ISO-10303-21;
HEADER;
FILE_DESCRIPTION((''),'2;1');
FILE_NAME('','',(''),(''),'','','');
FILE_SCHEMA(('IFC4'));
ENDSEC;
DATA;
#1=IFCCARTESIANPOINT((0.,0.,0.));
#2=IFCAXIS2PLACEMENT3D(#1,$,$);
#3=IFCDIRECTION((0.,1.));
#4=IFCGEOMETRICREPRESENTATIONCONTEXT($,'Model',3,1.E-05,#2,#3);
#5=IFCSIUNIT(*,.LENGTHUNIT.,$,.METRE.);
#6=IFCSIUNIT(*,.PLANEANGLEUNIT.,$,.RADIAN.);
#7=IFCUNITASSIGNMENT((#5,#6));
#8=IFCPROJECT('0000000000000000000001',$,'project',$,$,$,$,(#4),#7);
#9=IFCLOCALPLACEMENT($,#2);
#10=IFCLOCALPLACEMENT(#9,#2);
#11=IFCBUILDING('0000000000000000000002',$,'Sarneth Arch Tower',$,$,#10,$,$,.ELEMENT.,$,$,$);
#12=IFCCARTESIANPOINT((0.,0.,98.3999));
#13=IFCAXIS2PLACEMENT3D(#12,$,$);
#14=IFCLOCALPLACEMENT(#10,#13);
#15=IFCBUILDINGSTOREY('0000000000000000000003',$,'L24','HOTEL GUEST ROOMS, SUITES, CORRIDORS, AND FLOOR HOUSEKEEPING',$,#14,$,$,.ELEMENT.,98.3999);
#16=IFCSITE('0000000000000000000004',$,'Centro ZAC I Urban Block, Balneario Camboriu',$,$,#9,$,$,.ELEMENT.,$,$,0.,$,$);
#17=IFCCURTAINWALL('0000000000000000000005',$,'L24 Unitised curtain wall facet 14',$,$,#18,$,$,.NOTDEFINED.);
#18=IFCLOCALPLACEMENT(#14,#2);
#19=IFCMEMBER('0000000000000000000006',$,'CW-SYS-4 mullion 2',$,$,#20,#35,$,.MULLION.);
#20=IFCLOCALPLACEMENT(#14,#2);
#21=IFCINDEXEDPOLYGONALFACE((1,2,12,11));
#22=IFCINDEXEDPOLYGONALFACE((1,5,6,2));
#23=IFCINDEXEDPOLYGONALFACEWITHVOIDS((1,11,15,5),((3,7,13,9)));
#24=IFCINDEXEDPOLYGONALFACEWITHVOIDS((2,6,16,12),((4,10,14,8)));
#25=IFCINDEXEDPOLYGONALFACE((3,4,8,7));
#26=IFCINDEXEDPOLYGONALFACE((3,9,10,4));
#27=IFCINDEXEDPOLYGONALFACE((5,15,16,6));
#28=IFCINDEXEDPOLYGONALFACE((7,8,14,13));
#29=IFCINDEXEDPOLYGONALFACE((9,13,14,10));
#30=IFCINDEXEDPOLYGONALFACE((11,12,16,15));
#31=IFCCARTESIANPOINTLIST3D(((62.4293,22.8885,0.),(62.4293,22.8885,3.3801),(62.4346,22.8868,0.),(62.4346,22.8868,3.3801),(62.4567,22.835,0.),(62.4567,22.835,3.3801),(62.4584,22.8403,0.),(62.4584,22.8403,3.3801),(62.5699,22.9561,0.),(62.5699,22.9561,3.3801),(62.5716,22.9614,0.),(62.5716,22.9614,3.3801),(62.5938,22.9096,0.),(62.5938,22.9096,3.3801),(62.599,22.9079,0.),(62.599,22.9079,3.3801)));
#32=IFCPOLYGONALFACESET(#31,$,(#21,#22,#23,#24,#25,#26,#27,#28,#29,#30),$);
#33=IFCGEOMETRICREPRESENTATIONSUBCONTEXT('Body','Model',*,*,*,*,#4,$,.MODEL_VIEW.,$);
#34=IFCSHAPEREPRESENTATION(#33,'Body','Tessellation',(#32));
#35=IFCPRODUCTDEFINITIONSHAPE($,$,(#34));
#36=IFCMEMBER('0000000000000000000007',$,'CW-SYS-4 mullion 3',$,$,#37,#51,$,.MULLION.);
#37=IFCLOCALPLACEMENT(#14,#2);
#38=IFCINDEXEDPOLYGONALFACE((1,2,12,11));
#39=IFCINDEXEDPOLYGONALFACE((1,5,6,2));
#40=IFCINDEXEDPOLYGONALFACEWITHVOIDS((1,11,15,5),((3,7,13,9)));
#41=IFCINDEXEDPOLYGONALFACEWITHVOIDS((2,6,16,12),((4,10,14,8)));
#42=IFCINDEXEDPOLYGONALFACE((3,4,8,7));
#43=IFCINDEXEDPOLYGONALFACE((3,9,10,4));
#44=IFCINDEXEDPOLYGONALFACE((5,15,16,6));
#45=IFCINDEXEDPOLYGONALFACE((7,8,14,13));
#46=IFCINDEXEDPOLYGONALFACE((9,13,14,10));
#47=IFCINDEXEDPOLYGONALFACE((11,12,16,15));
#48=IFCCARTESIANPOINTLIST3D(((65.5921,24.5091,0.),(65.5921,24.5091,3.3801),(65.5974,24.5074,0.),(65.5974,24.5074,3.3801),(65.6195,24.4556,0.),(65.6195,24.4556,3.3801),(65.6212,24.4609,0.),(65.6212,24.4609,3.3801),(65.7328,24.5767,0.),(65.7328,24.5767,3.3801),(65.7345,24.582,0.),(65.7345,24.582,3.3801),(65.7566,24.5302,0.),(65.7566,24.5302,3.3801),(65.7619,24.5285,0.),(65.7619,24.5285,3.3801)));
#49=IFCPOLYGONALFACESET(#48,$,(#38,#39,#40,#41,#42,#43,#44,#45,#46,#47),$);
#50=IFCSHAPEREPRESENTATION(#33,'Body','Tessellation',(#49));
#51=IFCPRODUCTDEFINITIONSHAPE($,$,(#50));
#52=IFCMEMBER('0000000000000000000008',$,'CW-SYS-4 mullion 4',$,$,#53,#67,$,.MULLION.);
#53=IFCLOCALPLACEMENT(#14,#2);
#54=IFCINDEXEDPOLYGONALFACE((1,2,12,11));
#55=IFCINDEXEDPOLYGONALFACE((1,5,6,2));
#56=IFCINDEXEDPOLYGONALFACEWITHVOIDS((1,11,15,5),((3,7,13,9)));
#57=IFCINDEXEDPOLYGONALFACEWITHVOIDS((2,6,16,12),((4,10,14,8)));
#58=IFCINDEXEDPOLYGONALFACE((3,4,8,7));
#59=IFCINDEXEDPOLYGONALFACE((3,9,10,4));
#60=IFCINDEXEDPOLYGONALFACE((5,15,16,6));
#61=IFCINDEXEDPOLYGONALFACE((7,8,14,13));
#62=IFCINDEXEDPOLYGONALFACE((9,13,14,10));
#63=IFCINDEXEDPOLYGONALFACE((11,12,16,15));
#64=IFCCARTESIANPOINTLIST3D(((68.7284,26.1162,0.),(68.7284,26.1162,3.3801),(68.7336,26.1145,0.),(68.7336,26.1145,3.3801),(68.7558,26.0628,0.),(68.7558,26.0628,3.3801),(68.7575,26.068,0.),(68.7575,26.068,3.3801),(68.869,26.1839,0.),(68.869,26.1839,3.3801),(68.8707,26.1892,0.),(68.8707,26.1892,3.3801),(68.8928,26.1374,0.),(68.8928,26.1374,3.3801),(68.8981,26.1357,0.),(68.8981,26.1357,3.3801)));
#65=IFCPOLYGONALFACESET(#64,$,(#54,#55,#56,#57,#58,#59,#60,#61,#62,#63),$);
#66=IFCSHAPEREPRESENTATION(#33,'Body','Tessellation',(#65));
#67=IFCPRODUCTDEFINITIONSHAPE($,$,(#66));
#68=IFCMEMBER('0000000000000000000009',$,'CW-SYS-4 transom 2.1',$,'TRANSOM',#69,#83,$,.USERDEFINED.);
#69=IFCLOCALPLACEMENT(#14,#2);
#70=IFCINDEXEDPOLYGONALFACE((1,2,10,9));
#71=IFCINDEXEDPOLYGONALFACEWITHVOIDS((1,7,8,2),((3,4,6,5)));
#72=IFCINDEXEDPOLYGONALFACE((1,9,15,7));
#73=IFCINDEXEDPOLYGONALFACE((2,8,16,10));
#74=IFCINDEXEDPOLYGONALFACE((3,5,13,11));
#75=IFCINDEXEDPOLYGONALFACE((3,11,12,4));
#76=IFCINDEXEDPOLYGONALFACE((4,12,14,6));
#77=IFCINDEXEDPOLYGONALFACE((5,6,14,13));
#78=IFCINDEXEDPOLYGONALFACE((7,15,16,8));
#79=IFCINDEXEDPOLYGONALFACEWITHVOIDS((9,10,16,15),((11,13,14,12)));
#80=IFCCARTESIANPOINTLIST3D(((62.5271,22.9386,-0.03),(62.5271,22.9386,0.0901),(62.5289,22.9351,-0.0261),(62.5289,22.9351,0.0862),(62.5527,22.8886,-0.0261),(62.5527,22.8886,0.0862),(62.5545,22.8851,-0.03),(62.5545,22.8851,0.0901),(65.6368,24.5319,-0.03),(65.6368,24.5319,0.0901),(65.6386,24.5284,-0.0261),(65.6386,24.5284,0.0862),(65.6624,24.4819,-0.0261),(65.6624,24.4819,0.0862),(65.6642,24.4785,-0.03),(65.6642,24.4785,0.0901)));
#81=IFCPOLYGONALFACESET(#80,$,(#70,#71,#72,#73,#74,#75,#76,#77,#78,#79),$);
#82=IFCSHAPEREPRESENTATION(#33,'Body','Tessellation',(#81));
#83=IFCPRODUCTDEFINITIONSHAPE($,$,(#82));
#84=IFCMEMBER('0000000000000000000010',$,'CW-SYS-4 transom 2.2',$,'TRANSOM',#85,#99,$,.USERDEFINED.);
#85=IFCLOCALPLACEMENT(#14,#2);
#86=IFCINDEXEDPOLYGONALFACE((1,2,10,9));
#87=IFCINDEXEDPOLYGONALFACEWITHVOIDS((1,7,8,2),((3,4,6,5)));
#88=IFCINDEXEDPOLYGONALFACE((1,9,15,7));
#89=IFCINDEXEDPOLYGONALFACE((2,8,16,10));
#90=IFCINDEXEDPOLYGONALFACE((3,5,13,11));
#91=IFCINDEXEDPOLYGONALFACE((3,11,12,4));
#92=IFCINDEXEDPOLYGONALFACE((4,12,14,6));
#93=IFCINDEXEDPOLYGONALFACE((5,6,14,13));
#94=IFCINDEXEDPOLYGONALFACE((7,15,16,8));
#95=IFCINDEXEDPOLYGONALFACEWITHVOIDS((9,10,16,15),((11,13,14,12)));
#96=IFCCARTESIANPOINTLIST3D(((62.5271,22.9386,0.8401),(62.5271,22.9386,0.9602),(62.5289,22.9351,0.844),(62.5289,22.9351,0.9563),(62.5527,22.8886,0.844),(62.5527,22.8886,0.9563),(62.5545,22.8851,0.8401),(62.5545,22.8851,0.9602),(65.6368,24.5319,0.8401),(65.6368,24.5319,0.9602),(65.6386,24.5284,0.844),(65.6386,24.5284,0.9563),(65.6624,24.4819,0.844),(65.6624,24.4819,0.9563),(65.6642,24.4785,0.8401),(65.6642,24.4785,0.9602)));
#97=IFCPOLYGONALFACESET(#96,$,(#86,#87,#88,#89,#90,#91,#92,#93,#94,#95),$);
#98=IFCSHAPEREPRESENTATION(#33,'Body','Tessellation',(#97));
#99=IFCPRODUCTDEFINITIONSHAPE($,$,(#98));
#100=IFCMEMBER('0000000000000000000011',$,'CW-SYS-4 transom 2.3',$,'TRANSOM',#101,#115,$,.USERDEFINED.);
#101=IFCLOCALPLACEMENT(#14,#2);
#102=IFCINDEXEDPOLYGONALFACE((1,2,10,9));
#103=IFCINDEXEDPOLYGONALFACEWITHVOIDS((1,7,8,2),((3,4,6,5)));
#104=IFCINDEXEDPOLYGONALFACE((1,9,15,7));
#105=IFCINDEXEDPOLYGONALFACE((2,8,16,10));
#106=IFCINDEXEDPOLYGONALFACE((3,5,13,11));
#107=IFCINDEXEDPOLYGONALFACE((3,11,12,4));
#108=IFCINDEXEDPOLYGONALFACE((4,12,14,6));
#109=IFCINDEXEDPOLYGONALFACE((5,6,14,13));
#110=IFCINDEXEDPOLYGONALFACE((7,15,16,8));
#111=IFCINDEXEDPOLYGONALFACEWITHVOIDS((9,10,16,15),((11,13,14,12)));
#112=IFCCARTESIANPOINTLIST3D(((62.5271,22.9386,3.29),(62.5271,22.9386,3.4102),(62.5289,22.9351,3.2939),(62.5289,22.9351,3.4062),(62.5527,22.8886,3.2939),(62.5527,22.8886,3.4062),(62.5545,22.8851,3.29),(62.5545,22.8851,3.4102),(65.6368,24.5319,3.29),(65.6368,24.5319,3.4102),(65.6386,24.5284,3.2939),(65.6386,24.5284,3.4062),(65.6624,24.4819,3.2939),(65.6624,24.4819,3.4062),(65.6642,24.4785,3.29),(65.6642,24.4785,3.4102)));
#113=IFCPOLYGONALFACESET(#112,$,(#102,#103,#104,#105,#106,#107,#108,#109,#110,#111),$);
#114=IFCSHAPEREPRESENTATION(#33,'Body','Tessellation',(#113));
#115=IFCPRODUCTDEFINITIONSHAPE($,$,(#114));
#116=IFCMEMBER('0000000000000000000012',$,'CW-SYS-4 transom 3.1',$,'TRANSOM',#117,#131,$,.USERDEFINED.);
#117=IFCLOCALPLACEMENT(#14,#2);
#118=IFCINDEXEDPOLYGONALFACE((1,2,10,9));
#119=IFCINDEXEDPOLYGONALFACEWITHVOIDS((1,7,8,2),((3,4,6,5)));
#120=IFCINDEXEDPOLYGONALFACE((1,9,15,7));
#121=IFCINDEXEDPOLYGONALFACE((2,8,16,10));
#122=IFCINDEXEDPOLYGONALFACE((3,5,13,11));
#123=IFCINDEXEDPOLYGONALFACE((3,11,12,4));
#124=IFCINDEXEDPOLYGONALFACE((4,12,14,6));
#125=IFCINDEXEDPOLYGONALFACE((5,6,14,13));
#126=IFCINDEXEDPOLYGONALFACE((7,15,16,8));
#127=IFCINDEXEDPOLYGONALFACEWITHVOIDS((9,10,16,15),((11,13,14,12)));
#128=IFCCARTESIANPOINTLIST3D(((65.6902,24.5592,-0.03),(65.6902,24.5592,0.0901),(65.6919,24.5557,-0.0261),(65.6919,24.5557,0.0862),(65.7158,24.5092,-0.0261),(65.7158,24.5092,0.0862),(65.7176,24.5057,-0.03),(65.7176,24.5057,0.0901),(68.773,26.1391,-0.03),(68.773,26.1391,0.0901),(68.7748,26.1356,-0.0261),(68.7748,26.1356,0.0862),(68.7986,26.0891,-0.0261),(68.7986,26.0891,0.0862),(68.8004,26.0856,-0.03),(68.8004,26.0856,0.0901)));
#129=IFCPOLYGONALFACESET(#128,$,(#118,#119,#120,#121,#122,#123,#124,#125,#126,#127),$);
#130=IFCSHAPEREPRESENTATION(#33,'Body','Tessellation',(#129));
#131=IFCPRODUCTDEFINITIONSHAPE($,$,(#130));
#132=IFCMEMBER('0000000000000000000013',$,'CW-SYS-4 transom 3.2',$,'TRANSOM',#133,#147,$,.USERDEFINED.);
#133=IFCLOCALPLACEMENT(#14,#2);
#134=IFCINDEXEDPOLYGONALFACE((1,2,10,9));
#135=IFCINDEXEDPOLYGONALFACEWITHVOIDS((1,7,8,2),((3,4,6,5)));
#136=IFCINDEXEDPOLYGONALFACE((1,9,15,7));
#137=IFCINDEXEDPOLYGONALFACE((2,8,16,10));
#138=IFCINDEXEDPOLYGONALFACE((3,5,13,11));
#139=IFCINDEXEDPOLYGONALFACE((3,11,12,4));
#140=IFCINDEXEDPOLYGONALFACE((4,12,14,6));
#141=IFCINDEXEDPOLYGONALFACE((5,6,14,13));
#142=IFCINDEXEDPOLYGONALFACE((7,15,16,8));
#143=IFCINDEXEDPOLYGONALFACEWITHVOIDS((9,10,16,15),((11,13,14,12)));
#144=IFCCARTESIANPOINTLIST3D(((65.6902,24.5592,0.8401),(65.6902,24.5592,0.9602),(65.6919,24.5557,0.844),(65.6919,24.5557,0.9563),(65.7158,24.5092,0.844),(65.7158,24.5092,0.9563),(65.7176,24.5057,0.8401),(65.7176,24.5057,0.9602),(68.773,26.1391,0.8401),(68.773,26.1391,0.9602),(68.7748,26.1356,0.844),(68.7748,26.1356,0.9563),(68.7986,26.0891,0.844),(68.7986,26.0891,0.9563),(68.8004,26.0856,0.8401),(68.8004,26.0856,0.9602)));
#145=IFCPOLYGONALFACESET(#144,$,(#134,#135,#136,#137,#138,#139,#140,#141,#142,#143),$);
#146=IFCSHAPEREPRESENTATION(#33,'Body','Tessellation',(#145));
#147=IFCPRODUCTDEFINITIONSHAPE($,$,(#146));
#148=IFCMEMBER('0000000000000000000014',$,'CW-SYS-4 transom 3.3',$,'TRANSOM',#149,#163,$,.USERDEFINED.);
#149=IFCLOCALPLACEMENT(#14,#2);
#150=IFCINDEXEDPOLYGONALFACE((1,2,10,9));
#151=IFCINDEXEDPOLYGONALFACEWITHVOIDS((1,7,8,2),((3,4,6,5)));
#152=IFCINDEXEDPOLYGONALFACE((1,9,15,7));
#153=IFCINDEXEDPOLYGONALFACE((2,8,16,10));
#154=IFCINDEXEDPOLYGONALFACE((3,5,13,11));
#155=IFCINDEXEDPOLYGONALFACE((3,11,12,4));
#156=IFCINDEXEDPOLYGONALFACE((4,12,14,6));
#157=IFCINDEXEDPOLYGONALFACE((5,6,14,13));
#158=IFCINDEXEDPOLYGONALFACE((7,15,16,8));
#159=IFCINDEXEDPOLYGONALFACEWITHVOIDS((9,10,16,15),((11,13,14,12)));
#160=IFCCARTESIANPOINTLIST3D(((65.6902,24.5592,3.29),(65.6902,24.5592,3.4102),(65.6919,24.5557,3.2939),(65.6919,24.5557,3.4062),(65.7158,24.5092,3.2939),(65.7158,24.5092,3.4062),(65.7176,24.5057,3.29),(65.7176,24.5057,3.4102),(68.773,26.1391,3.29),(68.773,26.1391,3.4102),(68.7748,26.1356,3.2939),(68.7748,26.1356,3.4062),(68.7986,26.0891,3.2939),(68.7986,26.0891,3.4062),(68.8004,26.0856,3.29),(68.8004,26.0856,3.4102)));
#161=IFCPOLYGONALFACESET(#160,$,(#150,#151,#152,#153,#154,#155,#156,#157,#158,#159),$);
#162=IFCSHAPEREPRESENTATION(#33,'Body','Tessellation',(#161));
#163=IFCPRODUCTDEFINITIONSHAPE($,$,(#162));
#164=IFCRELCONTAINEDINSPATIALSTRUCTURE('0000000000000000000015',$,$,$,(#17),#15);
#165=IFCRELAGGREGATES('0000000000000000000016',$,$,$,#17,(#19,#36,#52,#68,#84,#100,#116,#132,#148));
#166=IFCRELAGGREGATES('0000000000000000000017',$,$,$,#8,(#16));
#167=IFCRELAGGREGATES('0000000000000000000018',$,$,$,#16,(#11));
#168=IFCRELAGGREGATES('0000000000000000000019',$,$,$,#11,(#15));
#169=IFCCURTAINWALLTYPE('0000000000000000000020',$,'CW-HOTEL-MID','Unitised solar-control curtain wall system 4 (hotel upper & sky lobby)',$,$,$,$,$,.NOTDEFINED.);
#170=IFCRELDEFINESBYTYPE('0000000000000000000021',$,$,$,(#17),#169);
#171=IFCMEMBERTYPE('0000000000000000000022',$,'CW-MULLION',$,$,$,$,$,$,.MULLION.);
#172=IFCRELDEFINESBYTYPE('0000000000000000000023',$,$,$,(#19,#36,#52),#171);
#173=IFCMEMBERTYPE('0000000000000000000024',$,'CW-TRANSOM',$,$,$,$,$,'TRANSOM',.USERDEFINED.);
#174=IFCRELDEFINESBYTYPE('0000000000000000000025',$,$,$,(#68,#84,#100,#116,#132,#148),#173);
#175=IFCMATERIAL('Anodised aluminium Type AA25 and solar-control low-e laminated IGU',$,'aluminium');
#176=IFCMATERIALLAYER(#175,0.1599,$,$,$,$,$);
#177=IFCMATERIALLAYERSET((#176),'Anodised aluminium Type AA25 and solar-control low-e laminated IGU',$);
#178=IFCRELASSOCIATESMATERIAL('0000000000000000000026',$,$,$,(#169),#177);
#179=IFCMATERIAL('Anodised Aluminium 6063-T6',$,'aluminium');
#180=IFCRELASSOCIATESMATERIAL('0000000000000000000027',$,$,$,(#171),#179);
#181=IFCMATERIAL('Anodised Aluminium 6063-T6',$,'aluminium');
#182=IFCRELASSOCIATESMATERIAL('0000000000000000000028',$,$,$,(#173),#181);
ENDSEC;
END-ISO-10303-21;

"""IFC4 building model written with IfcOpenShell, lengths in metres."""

from ifc_helpers import new_model, si_unit, direction, frame, origin, origin_2d, place, context, subcontext, project, spatial, hollow_rectangle, extrude, material, layer, layer_set, material_profile, profile_set, type_object, element, aggregate, save


model = new_model("IFC4")

# Units and contexts
model_context = context("Model", 3, precision=1e-05, world=origin(), true_north=direction((0.0, 1.0)))
body_context = subcontext(model_context, "Body", "Model", "MODEL_VIEW")
ifc_project = project(units=[si_unit("LENGTHUNIT", "METRE"), si_unit("PLANEANGLEUNIT", "RADIAN")], contexts=[model_context])

# Site, building, storey
site_placement = place(None, origin())
site = spatial("IfcSite", under=ifc_project, at=site_placement, Name="Centro ZAC I Urban Block, Balneario Camboriu", CompositionType="ELEMENT", RefElevation=0.0)
building_placement = place(site_placement, origin())
building = spatial("IfcBuilding", under=site, at=building_placement, Name="Sarneth Arch Tower", CompositionType="ELEMENT")
storey_placement = place(building_placement, frame((0.0, 0.0, 98.3999)))
storey = spatial("IfcBuildingStorey", under=building, at=storey_placement, Name="L24", Description="HOTEL GUEST ROOMS, SUITES, CORRIDORS, AND FLOOR HOUSEKEEPING", CompositionType="ELEMENT", Elevation=98.3999)

# Curtain wall, members
ifc_material_1 = material(Name="Anodised aluminium Type AA25 and solar-control low-e laminated IGU", Category="aluminium")
ifc_layer_1 = layer(ifc_material_1, 0.1599)
ifc_layer_set_1 = layer_set([ifc_layer_1], Name="Anodised aluminium Type AA25 and solar-control low-e laminated IGU")
curtain_wall_type = type_object("IfcCurtainWallType", Name="CW-HOTEL-MID", Description="Unitised solar-control curtain wall system 4 (hotel upper & sky lobby)", PredefinedType="NOTDEFINED", material=ifc_layer_set_1)
curtain_wall_placement = place(storey_placement, origin())
curtain_wall = element("IfcCurtainWall", 1, at=curtain_wall_placement, inside=storey, type_object=curtain_wall_type, Name="L24 Unitised curtain wall facet 14", PredefinedType="NOTDEFINED")
ifc_material_2 = material(Name="Anodised Aluminium 6063-T6", Category="aluminium")
ifc_material_profile_1 = material_profile(ifc_material_2, hollow_rectangle(XDim=0.0601, YDim=0.1599, WallThickness=0.0039, at=origin_2d()), Name="AL-MULL-160x60x4")
ifc_profile_set_1 = profile_set([ifc_material_profile_1], Name="Anodised Aluminium 6063-T6")
member_type_1 = type_object("IfcMemberType", Name="CW-MULLION", PredefinedType="MULLION", material=ifc_profile_set_1)
member_1_placement = place(storey_placement, frame((62.5142, 22.8982, 0.0), z_axis=(0.0, 0.0, 1.0), x_axis=(-0.456031, 0.889964, 0.0)))
member_1 = element("IfcMember", 2, at=member_1_placement, type_object=member_type_1, Name="CW-SYS-4 mullion 2", PredefinedType="MULLION", context=body_context, shape_type="SweptSolid", body=[
    extrude(hollow_rectangle(XDim=0.0601, YDim=0.1599, WallThickness=0.0039, at=origin_2d()), origin(), (0.0, 0.0, 1.0), 3.3801),
])
member_2_placement = place(storey_placement, frame((65.677, 24.5188, 0.0), z_axis=(0.0, 0.0, 1.0), x_axis=(-0.456031, 0.889964, 0.0)))
member_2 = element("IfcMember", 3, at=member_2_placement, type_object=member_type_1, Name="CW-SYS-4 mullion 3", PredefinedType="MULLION", context=body_context, shape_type="SweptSolid", body=[
    extrude(hollow_rectangle(XDim=0.0601, YDim=0.1599, WallThickness=0.0039, at=origin_2d()), origin(), (0.0, 0.0, 1.0), 3.3801),
])
member_3_placement = place(storey_placement, frame((68.8132, 26.126, 0.0), z_axis=(0.0, 0.0, 1.0), x_axis=(-0.456031, 0.889964, 0.0)))
member_3 = element("IfcMember", 4, at=member_3_placement, type_object=member_type_1, Name="CW-SYS-4 mullion 4", PredefinedType="MULLION", context=body_context, shape_type="SweptSolid", body=[
    extrude(hollow_rectangle(XDim=0.0601, YDim=0.1599, WallThickness=0.0039, at=origin_2d()), origin(), (0.0, 0.0, 1.0), 3.3801),
])
ifc_material_3 = material(Name="Anodised Aluminium 6063-T6", Category="aluminium")
ifc_material_profile_2 = material_profile(ifc_material_3, hollow_rectangle(XDim=0.0601, YDim=0.1201, WallThickness=0.0039, at=origin_2d()), Name="AL-TRAN-120x60x4")
ifc_profile_set_2 = profile_set([ifc_material_profile_2], Name="Anodised Aluminium 6063-T6")
member_type_2 = type_object("IfcMemberType", Name="CW-TRANSOM", ElementType="TRANSOM", PredefinedType="USERDEFINED", material=ifc_profile_set_2)
member_4_placement = place(storey_placement, frame((62.5408, 22.9119, 0.03), z_axis=(0.889982, 0.455996, 0.0), x_axis=(-0.455996, 0.889982, 0.0)))
member_4 = element("IfcMember", 5, at=member_4_placement, type_object=member_type_2, Name="CW-SYS-4 transom 2.1", ObjectType="TRANSOM", PredefinedType="USERDEFINED", context=body_context, shape_type="SweptSolid", body=[
    extrude(hollow_rectangle(XDim=0.0601, YDim=0.1201, WallThickness=0.0039, at=origin_2d()), origin(), (0.0, 0.0, 1.0), 3.4941),
])
member_5_placement = place(storey_placement, frame((62.5408, 22.9119, 0.9001), z_axis=(0.889982, 0.455996, 0.0), x_axis=(-0.455996, 0.889982, 0.0)))
member_5 = element("IfcMember", 6, at=member_5_placement, type_object=member_type_2, Name="CW-SYS-4 transom 2.2", ObjectType="TRANSOM", PredefinedType="USERDEFINED", context=body_context, shape_type="SweptSolid", body=[
    extrude(hollow_rectangle(XDim=0.0601, YDim=0.1201, WallThickness=0.0039, at=origin_2d()), origin(), (0.0, 0.0, 1.0), 3.4941),
])
member_6_placement = place(storey_placement, frame((62.5408, 22.9119, 3.3501), z_axis=(0.889982, 0.455996, 0.0), x_axis=(-0.455996, 0.889982, 0.0)))
member_6 = element("IfcMember", 7, at=member_6_placement, type_object=member_type_2, Name="CW-SYS-4 transom 2.3", ObjectType="TRANSOM", PredefinedType="USERDEFINED", context=body_context, shape_type="SweptSolid", body=[
    extrude(hollow_rectangle(XDim=0.0601, YDim=0.1201, WallThickness=0.0039, at=origin_2d()), origin(), (0.0, 0.0, 1.0), 3.4941),
])
member_7_placement = place(storey_placement, frame((65.7039, 24.5325, 0.03), z_axis=(0.889943, 0.456072, 0.0), x_axis=(-0.456072, 0.889943, 0.0)))
member_7 = element("IfcMember", 8, at=member_7_placement, type_object=member_type_2, Name="CW-SYS-4 transom 3.1", ObjectType="TRANSOM", PredefinedType="USERDEFINED", context=body_context, shape_type="SweptSolid", body=[
    extrude(hollow_rectangle(XDim=0.0601, YDim=0.1201, WallThickness=0.0039, at=origin_2d()), origin(), (0.0, 0.0, 1.0), 3.4641),
])
member_8_placement = place(storey_placement, frame((65.7039, 24.5325, 0.9001), z_axis=(0.889943, 0.456072, 0.0), x_axis=(-0.456072, 0.889943, 0.0)))
member_8 = element("IfcMember", 9, at=member_8_placement, type_object=member_type_2, Name="CW-SYS-4 transom 3.2", ObjectType="TRANSOM", PredefinedType="USERDEFINED", context=body_context, shape_type="SweptSolid", body=[
    extrude(hollow_rectangle(XDim=0.0601, YDim=0.1201, WallThickness=0.0039, at=origin_2d()), origin(), (0.0, 0.0, 1.0), 3.4641),
])
member_9_placement = place(storey_placement, frame((65.7039, 24.5325, 3.3501), z_axis=(0.889943, 0.456072, 0.0), x_axis=(-0.456072, 0.889943, 0.0)))
member_9 = element("IfcMember", 10, at=member_9_placement, type_object=member_type_2, Name="CW-SYS-4 transom 3.3", ObjectType="TRANSOM", PredefinedType="USERDEFINED", context=body_context, shape_type="SweptSolid", body=[
    extrude(hollow_rectangle(XDim=0.0601, YDim=0.1201, WallThickness=0.0039, at=origin_2d()), origin(), (0.0, 0.0, 1.0), 3.4641),
])

aggregate(curtain_wall, [member_1, member_2, member_3, member_4, member_5, member_6, member_7, member_8, member_9])

save(model, "model.ifc")
